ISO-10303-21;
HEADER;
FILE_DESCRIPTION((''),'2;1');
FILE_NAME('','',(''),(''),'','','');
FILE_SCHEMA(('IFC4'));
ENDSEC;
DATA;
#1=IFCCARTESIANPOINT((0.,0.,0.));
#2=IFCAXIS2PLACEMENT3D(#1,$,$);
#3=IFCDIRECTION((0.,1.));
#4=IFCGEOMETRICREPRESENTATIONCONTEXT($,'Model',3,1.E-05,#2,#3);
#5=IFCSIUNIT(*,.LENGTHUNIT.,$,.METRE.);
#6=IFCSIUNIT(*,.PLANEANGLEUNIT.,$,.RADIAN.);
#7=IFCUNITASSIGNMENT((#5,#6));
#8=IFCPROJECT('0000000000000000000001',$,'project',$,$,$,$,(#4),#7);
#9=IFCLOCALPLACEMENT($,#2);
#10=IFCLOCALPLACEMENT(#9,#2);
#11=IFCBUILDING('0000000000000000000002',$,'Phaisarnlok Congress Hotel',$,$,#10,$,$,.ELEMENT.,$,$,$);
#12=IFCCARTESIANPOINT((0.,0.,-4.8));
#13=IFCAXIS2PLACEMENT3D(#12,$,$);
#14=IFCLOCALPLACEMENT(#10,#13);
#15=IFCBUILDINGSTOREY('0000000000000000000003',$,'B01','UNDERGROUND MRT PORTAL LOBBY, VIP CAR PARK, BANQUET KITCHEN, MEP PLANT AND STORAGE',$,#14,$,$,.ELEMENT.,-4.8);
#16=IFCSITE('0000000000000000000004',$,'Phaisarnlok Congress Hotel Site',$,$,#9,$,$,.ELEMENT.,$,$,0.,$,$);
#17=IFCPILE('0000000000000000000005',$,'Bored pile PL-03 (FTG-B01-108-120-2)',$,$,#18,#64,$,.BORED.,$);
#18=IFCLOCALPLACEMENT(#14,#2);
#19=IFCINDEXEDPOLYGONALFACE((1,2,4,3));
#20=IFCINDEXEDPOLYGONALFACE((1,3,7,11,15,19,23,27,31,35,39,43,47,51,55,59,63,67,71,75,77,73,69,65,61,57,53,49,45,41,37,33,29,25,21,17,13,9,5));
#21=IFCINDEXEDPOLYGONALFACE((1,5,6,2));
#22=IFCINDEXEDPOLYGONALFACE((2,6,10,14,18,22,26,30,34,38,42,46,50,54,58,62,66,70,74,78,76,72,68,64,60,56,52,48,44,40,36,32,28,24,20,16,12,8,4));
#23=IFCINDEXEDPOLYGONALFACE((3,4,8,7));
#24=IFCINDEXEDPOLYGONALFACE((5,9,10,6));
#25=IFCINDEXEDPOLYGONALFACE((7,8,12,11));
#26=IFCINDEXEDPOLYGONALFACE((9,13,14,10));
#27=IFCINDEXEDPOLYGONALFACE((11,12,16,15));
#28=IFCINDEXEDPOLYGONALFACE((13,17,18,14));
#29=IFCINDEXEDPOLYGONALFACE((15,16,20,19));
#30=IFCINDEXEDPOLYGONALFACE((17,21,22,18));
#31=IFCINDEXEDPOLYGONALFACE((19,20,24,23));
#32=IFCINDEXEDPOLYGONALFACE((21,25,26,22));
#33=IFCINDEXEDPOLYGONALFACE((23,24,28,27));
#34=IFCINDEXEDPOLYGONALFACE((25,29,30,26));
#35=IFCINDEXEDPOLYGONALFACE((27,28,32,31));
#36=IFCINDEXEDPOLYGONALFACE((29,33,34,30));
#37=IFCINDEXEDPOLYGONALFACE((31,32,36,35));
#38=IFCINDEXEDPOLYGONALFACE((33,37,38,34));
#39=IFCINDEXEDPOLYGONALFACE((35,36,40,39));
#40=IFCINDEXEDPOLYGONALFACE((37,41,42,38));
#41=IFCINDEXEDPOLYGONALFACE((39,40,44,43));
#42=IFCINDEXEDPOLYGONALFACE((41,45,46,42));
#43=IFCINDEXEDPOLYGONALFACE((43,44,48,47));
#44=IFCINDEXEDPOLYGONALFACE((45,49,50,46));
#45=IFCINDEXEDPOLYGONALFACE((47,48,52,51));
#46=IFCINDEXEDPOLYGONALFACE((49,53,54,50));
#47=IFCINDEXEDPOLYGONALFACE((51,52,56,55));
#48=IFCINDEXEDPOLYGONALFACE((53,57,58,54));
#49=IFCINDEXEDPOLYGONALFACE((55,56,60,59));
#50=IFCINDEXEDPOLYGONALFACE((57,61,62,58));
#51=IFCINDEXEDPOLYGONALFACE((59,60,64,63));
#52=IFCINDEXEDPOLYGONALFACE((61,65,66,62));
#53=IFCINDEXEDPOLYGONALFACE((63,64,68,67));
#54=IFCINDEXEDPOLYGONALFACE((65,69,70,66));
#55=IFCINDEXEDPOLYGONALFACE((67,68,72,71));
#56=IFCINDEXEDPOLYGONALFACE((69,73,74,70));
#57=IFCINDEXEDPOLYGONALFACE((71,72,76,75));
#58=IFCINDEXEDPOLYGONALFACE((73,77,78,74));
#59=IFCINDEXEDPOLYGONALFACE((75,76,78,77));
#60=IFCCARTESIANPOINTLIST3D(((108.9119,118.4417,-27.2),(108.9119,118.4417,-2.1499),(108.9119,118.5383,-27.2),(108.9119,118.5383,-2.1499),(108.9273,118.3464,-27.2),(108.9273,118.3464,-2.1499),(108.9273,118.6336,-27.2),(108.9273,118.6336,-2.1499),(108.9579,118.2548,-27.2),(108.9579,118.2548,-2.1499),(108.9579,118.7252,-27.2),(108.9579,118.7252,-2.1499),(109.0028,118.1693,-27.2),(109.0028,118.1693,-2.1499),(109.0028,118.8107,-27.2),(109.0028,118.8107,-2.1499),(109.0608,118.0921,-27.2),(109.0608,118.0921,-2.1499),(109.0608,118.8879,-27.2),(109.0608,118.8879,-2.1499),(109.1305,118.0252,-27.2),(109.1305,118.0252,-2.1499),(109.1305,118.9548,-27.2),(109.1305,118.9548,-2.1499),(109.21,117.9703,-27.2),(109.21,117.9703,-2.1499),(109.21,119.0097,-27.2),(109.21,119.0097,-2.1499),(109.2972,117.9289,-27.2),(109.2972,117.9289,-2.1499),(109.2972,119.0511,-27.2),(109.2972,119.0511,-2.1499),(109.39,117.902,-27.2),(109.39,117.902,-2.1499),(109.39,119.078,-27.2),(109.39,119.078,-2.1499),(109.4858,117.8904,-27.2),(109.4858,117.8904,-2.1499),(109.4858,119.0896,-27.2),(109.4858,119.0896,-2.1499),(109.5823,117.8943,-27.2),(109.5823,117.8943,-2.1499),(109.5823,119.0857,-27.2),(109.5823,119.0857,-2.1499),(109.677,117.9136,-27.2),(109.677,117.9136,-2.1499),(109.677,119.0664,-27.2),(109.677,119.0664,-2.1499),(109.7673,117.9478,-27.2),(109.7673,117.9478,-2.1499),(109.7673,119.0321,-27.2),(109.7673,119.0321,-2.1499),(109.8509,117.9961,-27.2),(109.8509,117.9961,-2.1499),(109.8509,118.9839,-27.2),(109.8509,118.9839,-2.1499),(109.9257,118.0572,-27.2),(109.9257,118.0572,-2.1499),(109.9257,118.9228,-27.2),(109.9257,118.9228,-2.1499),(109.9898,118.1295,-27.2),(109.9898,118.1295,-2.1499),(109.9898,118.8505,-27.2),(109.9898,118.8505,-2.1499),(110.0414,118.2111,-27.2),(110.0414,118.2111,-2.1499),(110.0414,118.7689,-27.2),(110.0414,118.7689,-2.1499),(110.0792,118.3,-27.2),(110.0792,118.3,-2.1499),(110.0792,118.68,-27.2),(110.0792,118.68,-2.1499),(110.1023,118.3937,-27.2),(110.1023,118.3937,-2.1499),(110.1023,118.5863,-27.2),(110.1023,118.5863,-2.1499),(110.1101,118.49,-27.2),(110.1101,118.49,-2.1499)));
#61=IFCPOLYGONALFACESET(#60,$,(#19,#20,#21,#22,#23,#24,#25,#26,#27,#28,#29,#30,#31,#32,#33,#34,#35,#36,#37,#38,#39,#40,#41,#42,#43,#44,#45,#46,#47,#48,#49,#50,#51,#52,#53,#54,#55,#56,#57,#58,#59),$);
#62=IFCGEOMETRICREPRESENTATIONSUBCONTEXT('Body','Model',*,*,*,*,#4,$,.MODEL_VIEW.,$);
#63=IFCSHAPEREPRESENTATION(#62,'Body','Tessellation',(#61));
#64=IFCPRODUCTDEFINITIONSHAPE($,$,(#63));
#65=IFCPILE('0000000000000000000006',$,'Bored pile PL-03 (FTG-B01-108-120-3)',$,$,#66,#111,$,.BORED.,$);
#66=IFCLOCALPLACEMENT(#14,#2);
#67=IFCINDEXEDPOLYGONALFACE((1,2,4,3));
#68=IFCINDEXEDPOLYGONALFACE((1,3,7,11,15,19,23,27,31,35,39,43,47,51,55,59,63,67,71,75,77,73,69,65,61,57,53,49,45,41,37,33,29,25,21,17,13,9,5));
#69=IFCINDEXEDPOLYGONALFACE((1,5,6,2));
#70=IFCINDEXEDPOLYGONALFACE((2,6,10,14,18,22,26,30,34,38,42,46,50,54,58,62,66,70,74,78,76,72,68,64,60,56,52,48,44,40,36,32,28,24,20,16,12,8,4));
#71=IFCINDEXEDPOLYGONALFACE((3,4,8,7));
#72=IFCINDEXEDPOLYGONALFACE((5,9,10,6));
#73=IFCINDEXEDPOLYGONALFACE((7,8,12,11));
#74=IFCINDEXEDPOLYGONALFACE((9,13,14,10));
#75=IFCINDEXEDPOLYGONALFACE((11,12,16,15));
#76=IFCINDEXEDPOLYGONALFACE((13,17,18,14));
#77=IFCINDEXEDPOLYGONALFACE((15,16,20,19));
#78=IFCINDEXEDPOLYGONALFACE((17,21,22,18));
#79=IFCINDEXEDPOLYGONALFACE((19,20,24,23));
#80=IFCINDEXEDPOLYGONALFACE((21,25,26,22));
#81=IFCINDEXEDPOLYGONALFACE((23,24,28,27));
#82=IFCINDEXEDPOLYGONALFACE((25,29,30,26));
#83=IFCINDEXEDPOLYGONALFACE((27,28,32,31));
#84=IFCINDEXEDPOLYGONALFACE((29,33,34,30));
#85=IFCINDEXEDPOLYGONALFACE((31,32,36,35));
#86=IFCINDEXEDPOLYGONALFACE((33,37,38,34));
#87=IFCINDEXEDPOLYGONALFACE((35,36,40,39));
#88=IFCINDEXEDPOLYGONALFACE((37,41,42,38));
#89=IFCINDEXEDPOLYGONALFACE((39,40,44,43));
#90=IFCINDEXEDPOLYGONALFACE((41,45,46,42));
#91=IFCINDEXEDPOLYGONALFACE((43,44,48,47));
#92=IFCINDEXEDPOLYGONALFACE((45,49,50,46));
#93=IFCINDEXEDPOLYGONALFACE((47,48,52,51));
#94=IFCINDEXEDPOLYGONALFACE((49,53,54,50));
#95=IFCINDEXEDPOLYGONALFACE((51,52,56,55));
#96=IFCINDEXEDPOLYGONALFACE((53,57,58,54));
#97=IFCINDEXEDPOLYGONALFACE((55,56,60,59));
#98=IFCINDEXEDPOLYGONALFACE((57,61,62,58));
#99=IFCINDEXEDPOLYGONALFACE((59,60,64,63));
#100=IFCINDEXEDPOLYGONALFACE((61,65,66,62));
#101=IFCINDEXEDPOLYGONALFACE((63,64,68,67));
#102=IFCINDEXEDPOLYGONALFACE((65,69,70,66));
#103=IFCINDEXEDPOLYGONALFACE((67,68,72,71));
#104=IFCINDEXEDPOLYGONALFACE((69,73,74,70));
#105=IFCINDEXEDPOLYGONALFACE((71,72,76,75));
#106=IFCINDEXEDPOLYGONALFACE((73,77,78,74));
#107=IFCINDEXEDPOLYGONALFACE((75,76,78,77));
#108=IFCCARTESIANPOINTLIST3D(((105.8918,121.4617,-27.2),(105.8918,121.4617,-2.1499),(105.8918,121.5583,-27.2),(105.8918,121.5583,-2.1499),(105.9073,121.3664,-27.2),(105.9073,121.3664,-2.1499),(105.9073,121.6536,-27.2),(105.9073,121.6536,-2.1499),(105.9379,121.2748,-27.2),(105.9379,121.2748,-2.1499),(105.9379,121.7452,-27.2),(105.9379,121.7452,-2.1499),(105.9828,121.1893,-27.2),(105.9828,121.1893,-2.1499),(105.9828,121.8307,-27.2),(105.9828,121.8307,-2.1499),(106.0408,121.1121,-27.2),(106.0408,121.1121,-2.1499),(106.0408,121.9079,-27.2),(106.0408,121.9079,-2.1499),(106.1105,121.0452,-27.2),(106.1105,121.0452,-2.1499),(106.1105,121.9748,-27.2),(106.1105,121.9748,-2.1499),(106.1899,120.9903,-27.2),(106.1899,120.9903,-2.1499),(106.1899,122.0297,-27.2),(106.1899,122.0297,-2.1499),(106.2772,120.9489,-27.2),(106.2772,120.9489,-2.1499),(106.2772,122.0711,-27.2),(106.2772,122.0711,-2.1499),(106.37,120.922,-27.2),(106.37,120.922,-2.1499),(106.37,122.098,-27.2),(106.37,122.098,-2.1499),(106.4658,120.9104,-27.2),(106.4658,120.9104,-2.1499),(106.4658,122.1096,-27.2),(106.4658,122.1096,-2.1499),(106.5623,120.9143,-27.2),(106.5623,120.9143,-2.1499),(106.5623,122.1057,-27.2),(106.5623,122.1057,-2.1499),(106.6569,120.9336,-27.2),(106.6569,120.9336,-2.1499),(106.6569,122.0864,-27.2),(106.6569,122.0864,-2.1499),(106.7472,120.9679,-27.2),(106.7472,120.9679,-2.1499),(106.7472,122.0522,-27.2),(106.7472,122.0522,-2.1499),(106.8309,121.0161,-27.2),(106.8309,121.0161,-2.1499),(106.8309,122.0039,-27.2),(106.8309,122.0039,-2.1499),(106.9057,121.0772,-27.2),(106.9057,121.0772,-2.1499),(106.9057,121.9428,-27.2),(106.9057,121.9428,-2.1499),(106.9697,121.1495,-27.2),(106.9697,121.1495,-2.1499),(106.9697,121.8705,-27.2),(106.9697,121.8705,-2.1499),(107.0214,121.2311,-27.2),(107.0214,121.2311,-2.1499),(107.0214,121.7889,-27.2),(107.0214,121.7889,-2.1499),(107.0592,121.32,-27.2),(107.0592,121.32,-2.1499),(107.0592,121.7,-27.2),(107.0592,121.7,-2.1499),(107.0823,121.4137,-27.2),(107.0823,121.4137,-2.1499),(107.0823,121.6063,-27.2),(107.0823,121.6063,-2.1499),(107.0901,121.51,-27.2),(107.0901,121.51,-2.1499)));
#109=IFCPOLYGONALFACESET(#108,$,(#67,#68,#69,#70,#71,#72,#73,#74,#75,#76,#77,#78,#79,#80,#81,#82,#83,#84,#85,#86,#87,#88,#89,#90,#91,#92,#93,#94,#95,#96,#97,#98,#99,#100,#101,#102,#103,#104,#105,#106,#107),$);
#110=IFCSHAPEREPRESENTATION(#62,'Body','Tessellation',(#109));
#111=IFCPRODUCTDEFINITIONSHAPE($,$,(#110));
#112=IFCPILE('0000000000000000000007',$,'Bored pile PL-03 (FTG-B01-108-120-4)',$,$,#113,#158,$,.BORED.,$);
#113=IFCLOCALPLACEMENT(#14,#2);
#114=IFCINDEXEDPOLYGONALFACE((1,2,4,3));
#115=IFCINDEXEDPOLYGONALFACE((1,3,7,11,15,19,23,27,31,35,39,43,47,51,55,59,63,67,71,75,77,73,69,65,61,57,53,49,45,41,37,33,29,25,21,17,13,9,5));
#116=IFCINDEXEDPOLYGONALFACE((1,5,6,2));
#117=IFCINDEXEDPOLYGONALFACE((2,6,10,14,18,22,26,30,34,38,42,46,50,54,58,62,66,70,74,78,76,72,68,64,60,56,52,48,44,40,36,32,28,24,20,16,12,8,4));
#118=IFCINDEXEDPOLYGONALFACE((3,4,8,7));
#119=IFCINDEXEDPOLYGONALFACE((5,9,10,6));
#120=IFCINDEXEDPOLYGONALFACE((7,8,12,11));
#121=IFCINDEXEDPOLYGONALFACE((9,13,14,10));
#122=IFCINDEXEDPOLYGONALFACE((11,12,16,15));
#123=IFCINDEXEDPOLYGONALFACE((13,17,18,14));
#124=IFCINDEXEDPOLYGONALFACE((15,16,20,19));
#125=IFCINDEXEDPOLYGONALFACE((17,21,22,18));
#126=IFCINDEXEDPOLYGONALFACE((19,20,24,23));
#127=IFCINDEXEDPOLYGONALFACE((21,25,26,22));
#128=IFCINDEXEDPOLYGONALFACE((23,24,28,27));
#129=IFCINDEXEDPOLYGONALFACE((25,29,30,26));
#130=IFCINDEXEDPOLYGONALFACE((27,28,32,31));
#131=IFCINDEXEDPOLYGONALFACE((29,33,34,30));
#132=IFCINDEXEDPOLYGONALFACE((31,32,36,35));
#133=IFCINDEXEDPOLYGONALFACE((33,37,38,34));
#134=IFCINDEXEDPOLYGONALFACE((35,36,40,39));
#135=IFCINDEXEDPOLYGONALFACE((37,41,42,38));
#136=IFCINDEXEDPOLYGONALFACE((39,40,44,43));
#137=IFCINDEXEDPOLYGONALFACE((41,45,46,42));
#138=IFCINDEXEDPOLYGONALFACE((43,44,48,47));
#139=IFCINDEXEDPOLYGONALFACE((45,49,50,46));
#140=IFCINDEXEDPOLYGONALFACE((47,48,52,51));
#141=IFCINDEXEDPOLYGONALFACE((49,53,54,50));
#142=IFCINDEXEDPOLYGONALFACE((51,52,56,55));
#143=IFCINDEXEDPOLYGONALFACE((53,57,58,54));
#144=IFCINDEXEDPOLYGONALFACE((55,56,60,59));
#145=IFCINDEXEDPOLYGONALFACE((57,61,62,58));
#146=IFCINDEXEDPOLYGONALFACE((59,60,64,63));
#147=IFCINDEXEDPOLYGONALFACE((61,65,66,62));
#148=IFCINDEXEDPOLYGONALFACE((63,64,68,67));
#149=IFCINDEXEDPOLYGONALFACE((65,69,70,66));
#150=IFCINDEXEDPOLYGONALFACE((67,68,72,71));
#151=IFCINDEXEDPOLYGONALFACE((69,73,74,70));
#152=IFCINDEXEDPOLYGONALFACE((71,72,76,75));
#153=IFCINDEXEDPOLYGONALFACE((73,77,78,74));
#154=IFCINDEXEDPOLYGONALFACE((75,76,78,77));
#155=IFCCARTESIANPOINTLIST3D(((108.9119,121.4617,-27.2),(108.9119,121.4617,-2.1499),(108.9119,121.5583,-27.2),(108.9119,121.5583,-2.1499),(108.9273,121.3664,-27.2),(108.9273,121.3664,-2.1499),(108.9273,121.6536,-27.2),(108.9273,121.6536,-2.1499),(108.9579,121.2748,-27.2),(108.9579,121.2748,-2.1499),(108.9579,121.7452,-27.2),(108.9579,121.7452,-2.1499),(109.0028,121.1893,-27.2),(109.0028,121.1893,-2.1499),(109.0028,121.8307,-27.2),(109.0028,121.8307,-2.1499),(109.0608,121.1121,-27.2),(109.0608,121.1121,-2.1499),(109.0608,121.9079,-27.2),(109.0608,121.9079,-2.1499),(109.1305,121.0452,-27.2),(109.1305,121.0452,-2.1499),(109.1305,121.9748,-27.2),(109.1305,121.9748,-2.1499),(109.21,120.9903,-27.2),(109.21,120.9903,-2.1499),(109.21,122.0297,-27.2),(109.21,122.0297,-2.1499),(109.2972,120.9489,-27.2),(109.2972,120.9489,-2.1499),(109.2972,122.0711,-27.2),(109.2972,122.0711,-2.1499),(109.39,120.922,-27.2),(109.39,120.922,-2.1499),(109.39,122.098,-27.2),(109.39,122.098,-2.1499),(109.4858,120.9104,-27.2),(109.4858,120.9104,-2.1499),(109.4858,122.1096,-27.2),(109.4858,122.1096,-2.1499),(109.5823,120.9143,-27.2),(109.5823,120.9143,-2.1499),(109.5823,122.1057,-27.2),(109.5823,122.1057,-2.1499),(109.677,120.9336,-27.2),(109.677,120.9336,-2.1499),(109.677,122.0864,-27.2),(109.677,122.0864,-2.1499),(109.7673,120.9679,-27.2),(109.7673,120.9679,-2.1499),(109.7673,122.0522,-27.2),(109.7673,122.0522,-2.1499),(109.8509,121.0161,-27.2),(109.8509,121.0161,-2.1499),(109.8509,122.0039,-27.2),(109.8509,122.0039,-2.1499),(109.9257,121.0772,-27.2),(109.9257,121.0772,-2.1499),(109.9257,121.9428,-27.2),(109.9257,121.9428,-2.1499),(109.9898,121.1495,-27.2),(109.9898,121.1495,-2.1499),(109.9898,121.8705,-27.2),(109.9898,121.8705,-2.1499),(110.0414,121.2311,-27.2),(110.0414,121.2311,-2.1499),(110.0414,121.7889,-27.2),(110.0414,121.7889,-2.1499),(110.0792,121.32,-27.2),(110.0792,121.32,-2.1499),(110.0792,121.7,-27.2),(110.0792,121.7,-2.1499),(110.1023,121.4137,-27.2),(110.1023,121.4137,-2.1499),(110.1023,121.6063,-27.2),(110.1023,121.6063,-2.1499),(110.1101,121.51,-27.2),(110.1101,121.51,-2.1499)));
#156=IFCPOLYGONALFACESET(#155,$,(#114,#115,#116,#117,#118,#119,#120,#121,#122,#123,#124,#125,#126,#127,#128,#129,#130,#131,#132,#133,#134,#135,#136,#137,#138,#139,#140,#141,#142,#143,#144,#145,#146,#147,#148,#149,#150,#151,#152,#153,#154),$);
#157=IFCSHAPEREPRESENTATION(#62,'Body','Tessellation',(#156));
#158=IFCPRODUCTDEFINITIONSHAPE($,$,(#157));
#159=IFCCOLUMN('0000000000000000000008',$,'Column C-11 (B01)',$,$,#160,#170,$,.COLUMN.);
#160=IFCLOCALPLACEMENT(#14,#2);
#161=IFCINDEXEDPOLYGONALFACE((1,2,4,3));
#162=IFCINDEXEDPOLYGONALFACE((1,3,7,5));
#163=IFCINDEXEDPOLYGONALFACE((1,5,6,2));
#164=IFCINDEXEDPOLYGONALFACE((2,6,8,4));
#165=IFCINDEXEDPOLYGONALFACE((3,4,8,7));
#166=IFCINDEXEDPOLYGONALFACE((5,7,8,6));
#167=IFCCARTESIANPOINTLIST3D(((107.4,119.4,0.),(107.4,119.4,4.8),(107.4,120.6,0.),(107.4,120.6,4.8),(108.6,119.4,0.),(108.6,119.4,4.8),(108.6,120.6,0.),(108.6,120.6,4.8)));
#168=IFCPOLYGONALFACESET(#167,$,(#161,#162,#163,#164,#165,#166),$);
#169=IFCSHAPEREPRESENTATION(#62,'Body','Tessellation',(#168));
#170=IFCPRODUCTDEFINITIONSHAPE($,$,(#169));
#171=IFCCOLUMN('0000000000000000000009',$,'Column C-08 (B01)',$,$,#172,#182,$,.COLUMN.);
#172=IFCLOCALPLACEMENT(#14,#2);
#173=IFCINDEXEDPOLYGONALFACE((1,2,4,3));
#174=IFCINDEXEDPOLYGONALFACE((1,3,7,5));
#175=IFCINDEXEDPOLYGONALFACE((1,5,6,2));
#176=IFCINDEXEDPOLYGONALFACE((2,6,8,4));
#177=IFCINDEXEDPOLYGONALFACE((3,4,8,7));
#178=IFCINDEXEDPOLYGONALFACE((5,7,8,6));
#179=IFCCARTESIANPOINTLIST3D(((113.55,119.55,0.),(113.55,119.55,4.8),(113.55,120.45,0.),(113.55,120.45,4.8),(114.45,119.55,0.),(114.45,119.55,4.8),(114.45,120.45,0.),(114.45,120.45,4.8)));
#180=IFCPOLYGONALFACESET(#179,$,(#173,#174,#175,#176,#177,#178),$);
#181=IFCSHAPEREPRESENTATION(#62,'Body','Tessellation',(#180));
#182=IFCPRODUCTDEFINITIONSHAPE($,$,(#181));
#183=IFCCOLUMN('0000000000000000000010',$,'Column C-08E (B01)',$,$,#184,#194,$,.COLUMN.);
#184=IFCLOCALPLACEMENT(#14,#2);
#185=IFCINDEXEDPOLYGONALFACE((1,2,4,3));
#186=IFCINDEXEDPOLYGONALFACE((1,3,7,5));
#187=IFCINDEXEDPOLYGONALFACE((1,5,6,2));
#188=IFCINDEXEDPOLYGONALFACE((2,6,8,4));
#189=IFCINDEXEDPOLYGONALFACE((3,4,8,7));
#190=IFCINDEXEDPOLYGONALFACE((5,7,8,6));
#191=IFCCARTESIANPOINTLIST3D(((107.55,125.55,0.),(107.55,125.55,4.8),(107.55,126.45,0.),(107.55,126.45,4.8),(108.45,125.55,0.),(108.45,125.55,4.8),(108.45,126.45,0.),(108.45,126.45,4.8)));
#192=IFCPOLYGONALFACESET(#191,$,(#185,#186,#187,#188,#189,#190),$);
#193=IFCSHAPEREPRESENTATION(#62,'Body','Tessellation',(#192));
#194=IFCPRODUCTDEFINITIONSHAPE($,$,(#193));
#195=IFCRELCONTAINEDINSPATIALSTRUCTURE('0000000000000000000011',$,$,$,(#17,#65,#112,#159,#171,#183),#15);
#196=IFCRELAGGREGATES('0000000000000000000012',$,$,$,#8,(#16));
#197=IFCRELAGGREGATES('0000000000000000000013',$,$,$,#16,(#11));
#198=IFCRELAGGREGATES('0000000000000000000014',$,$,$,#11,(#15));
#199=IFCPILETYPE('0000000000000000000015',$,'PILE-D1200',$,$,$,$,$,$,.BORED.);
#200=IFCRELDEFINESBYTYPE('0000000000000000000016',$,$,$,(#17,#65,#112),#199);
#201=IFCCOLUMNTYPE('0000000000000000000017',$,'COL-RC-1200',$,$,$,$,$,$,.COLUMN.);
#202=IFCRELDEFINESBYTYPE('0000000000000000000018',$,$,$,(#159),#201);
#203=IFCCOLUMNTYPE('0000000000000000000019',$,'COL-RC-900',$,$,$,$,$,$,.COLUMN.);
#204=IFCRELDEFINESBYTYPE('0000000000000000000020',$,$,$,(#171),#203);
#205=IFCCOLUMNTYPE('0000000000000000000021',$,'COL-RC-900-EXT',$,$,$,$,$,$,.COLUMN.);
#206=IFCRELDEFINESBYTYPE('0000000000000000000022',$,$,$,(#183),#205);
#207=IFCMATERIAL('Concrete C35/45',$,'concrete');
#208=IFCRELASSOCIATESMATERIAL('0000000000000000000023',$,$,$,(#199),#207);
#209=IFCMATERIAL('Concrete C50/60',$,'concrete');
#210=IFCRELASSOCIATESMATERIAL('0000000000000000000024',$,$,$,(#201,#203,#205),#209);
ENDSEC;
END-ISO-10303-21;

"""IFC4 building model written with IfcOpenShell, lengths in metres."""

from ifc_helpers import new_model, si_unit, direction, frame, origin, origin_2d, place, context, subcontext, project, spatial, rectangle, circle, extrude, material, material_profile, profile_set, type_object, element, save


model = new_model("IFC4")

# Units and contexts
model_context = context("Model", 3, precision=1e-05, world=origin(), true_north=direction((0.0, 1.0)))
body_context = subcontext(model_context, "Body", "Model", "MODEL_VIEW")
ifc_project = project(units=[si_unit("LENGTHUNIT", "METRE"), si_unit("PLANEANGLEUNIT", "RADIAN")], contexts=[model_context])

# Site, building, storey
site_placement = place(None, origin())
site = spatial("IfcSite", under=ifc_project, at=site_placement, Name="Phaisarnlok Congress Hotel Site", CompositionType="ELEMENT", RefElevation=0.0)
building_placement = place(site_placement, origin())
building = spatial("IfcBuilding", under=site, at=building_placement, Name="Phaisarnlok Congress Hotel", CompositionType="ELEMENT")
storey_placement = place(building_placement, frame((0.0, 0.0, -4.8)))
storey = spatial("IfcBuildingStorey", under=building, at=storey_placement, Name="B01", Description="UNDERGROUND MRT PORTAL LOBBY, VIP CAR PARK, BANQUET KITCHEN, MEP PLANT AND STORAGE", CompositionType="ELEMENT", Elevation=-4.8)

# Piles
ifc_material_1 = material(Name="Concrete C35/45", Category="concrete")
ifc_material_profile_1 = material_profile(ifc_material_1, circle(Radius=0.6001, at=origin_2d()), Name="BORED PILE D1200")
ifc_profile_set_1 = profile_set([ifc_material_profile_1], Name="Concrete C35/45")
pile_type_1 = type_object("IfcPileType", Name="PILE-D1200", PredefinedType="BORED", material=ifc_profile_set_1)
for number, where, z_axis, x_axis, name in (
    (1, (109.51, 118.49, -2.1499), (0.0, 0.0, -1.0), (1.0, 0.0, 0.0), "Bored pile PL-03 (FTG-B01-108-120-2)"),
    (2, (106.49, 121.51, -2.1499), (0.0, 0.0, -1.0), (1.0, 0.0, 0.0), "Bored pile PL-03 (FTG-B01-108-120-3)"),
    (3, (109.51, 121.51, -2.1499), (0.0, 0.0, -1.0), (1.0, 0.0, 0.0), "Bored pile PL-03 (FTG-B01-108-120-4)"),
):
    element("IfcPile", number, at=place(storey_placement, frame(where, z_axis=z_axis, x_axis=x_axis)), inside=storey, type_object=pile_type_1, Name=name, PredefinedType="BORED", context=body_context, shape_type="SweptSolid", body=[
        extrude(circle(Radius=0.6001, at=origin_2d()), origin(), (0.0, 0.0, 1.0), 25.05),
    ])

# Columns
ifc_material_2 = material(Name="Concrete C50/60", Category="concrete")
ifc_material_profile_2 = material_profile(ifc_material_2, rectangle(XDim=1.2, YDim=1.2, at=origin_2d()), Name="RC 1200x1200")
ifc_profile_set_2 = profile_set([ifc_material_profile_2], Name="Concrete C50/60")
column_type_1 = type_object("IfcColumnType", Name="COL-RC-1200", PredefinedType="COLUMN", material=ifc_profile_set_2)
column_1_placement = place(storey_placement, frame((108.0, 120.0, 0.0), z_axis=(0.0, 0.0, 1.0), x_axis=(1.0, 0.0, 0.0)))
element("IfcColumn", 4, at=column_1_placement, inside=storey, type_object=column_type_1, Name="Column C-11 (B01)", PredefinedType="COLUMN", context=body_context, shape_type="SweptSolid", body=[
    extrude(rectangle(XDim=1.2, YDim=1.2, at=origin_2d()), origin(), (0.0, 0.0, 1.0), 4.8),
])
ifc_material_profile_3 = material_profile(ifc_material_2, rectangle(XDim=0.8999, YDim=0.8999, at=origin_2d()), Name="RC 900x900")
ifc_profile_set_3 = profile_set([ifc_material_profile_3], Name="Concrete C50/60")
column_type_2 = type_object("IfcColumnType", Name="COL-RC-900", PredefinedType="COLUMN", material=ifc_profile_set_3)
column_2_placement = place(storey_placement, frame((114.0, 120.0, 0.0), z_axis=(0.0, 0.0, 1.0), x_axis=(1.0, 0.0, 0.0)))
element("IfcColumn", 5, at=column_2_placement, inside=storey, type_object=column_type_2, Name="Column C-08 (B01)", PredefinedType="COLUMN", context=body_context, shape_type="SweptSolid", body=[
    extrude(rectangle(XDim=0.8999, YDim=0.8999, at=origin_2d()), origin(), (0.0, 0.0, 1.0), 4.8),
])
ifc_material_profile_4 = material_profile(ifc_material_2, rectangle(XDim=0.8999, YDim=0.8999, at=origin_2d()), Name="RC 900x900")
ifc_profile_set_4 = profile_set([ifc_material_profile_4], Name="Concrete C50/60")
column_type_3 = type_object("IfcColumnType", Name="COL-RC-900-EXT", PredefinedType="COLUMN", material=ifc_profile_set_4)
for number, where, z_axis, x_axis, name in (
    (6, (108.0, 126.0, 0.0), (0.0, 0.0, 1.0), (1.0, 0.0, 0.0), "Column C-08E (B01)"),
):
    element("IfcColumn", number, at=place(storey_placement, frame(where, z_axis=z_axis, x_axis=x_axis)), inside=storey, type_object=column_type_3, Name=name, PredefinedType="COLUMN", context=body_context, shape_type="SweptSolid", body=[
        extrude(rectangle(XDim=0.8999, YDim=0.8999, at=origin_2d()), origin(), (0.0, 0.0, 1.0), 4.8),
    ])

save(model, "model.ifc")
